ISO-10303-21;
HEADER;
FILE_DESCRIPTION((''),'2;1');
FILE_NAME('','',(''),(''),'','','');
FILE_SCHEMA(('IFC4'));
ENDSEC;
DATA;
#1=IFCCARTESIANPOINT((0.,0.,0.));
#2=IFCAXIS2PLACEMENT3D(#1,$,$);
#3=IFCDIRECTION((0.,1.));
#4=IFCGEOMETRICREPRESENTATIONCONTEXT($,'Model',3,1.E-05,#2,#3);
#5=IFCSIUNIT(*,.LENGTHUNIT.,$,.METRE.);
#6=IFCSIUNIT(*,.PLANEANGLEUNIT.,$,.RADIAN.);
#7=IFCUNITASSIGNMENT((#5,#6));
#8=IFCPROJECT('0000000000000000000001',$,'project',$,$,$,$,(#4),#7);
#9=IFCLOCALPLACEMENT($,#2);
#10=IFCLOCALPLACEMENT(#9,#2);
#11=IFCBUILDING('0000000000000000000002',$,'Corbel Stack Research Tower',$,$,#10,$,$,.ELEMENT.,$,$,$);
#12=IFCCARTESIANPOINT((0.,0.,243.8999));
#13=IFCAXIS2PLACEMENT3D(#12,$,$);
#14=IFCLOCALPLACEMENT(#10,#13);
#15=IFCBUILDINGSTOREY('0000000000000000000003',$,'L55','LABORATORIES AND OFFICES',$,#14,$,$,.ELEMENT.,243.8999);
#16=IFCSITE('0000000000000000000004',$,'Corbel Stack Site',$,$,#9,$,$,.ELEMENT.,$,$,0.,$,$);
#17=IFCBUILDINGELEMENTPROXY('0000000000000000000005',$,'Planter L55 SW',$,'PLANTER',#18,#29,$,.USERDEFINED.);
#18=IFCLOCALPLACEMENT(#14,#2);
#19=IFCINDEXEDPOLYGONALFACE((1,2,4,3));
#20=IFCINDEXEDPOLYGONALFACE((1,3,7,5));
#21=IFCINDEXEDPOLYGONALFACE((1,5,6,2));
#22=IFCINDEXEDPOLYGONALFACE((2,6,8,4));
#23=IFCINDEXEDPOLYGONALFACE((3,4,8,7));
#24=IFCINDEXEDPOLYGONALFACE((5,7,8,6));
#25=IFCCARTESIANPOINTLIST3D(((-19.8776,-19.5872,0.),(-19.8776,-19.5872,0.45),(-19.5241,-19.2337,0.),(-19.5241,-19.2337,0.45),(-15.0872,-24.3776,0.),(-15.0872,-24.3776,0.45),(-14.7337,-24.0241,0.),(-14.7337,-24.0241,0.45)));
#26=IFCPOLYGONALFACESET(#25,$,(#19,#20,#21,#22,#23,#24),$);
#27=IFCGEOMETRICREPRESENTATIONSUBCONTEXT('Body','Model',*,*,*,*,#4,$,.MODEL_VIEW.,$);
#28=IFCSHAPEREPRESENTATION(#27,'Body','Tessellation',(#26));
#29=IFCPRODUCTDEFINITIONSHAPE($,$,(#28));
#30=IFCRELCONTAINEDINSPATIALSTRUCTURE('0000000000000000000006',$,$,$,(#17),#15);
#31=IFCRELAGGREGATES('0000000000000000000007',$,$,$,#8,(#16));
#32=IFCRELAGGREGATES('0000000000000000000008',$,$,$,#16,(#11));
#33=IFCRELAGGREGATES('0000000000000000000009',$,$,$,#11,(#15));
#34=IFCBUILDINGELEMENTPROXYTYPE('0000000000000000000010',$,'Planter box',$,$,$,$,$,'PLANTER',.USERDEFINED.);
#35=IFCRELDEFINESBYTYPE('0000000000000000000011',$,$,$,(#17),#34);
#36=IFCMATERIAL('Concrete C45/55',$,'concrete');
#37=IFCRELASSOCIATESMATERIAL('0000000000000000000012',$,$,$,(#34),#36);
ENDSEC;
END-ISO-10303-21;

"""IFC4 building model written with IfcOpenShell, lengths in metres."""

from ifc_helpers import new_model, si_unit, direction, frame, origin, origin_2d, place, context, subcontext, project, spatial, rectangle, extrude, material, type_object, element, save


model = new_model("IFC4")

# Units and contexts
model_context = context("Model", 3, precision=1e-05, world=origin(), true_north=direction((0.0, 1.0)))
body_context = subcontext(model_context, "Body", "Model", "MODEL_VIEW")
ifc_project = project(units=[si_unit("LENGTHUNIT", "METRE"), si_unit("PLANEANGLEUNIT", "RADIAN")], contexts=[model_context])

# Site, building, storey
site_placement = place(None, origin())
site = spatial("IfcSite", under=ifc_project, at=site_placement, Name="Corbel Stack Site", CompositionType="ELEMENT", RefElevation=0.0)
building_placement = place(site_placement, origin())
building = spatial("IfcBuilding", under=site, at=building_placement, Name="Corbel Stack Research Tower", CompositionType="ELEMENT")
storey_placement = place(building_placement, frame((0.0, 0.0, 243.8999)))
storey = spatial("IfcBuildingStorey", under=building, at=storey_placement, Name="L55", Description="LABORATORIES AND OFFICES", CompositionType="ELEMENT", Elevation=243.8999)

# Building element proxy
ifc_material_1 = material(Name="Concrete C45/55", Category="concrete")
building_element_proxy_type = type_object("IfcBuildingElementProxyType", Name="Planter box", ElementType="PLANTER", PredefinedType="USERDEFINED", material=ifc_material_1)
proxy_placement = place(storey_placement, frame((-17.3057, -21.8057, 0.0), z_axis=(0.0, 0.0, 1.0), x_axis=(0.707107, -0.707107, 0.0)))
element("IfcBuildingElementProxy", 1, at=proxy_placement, inside=storey, type_object=building_element_proxy_type, Name="Planter L55 SW", ObjectType="PLANTER", PredefinedType="USERDEFINED", context=body_context, shape_type="SweptSolid", body=[
    extrude(rectangle(XDim=6.7747, YDim=0.5, at=origin_2d()), origin(), (0.0, 0.0, 1.0), 0.45),
])

save(model, "model.ifc")
